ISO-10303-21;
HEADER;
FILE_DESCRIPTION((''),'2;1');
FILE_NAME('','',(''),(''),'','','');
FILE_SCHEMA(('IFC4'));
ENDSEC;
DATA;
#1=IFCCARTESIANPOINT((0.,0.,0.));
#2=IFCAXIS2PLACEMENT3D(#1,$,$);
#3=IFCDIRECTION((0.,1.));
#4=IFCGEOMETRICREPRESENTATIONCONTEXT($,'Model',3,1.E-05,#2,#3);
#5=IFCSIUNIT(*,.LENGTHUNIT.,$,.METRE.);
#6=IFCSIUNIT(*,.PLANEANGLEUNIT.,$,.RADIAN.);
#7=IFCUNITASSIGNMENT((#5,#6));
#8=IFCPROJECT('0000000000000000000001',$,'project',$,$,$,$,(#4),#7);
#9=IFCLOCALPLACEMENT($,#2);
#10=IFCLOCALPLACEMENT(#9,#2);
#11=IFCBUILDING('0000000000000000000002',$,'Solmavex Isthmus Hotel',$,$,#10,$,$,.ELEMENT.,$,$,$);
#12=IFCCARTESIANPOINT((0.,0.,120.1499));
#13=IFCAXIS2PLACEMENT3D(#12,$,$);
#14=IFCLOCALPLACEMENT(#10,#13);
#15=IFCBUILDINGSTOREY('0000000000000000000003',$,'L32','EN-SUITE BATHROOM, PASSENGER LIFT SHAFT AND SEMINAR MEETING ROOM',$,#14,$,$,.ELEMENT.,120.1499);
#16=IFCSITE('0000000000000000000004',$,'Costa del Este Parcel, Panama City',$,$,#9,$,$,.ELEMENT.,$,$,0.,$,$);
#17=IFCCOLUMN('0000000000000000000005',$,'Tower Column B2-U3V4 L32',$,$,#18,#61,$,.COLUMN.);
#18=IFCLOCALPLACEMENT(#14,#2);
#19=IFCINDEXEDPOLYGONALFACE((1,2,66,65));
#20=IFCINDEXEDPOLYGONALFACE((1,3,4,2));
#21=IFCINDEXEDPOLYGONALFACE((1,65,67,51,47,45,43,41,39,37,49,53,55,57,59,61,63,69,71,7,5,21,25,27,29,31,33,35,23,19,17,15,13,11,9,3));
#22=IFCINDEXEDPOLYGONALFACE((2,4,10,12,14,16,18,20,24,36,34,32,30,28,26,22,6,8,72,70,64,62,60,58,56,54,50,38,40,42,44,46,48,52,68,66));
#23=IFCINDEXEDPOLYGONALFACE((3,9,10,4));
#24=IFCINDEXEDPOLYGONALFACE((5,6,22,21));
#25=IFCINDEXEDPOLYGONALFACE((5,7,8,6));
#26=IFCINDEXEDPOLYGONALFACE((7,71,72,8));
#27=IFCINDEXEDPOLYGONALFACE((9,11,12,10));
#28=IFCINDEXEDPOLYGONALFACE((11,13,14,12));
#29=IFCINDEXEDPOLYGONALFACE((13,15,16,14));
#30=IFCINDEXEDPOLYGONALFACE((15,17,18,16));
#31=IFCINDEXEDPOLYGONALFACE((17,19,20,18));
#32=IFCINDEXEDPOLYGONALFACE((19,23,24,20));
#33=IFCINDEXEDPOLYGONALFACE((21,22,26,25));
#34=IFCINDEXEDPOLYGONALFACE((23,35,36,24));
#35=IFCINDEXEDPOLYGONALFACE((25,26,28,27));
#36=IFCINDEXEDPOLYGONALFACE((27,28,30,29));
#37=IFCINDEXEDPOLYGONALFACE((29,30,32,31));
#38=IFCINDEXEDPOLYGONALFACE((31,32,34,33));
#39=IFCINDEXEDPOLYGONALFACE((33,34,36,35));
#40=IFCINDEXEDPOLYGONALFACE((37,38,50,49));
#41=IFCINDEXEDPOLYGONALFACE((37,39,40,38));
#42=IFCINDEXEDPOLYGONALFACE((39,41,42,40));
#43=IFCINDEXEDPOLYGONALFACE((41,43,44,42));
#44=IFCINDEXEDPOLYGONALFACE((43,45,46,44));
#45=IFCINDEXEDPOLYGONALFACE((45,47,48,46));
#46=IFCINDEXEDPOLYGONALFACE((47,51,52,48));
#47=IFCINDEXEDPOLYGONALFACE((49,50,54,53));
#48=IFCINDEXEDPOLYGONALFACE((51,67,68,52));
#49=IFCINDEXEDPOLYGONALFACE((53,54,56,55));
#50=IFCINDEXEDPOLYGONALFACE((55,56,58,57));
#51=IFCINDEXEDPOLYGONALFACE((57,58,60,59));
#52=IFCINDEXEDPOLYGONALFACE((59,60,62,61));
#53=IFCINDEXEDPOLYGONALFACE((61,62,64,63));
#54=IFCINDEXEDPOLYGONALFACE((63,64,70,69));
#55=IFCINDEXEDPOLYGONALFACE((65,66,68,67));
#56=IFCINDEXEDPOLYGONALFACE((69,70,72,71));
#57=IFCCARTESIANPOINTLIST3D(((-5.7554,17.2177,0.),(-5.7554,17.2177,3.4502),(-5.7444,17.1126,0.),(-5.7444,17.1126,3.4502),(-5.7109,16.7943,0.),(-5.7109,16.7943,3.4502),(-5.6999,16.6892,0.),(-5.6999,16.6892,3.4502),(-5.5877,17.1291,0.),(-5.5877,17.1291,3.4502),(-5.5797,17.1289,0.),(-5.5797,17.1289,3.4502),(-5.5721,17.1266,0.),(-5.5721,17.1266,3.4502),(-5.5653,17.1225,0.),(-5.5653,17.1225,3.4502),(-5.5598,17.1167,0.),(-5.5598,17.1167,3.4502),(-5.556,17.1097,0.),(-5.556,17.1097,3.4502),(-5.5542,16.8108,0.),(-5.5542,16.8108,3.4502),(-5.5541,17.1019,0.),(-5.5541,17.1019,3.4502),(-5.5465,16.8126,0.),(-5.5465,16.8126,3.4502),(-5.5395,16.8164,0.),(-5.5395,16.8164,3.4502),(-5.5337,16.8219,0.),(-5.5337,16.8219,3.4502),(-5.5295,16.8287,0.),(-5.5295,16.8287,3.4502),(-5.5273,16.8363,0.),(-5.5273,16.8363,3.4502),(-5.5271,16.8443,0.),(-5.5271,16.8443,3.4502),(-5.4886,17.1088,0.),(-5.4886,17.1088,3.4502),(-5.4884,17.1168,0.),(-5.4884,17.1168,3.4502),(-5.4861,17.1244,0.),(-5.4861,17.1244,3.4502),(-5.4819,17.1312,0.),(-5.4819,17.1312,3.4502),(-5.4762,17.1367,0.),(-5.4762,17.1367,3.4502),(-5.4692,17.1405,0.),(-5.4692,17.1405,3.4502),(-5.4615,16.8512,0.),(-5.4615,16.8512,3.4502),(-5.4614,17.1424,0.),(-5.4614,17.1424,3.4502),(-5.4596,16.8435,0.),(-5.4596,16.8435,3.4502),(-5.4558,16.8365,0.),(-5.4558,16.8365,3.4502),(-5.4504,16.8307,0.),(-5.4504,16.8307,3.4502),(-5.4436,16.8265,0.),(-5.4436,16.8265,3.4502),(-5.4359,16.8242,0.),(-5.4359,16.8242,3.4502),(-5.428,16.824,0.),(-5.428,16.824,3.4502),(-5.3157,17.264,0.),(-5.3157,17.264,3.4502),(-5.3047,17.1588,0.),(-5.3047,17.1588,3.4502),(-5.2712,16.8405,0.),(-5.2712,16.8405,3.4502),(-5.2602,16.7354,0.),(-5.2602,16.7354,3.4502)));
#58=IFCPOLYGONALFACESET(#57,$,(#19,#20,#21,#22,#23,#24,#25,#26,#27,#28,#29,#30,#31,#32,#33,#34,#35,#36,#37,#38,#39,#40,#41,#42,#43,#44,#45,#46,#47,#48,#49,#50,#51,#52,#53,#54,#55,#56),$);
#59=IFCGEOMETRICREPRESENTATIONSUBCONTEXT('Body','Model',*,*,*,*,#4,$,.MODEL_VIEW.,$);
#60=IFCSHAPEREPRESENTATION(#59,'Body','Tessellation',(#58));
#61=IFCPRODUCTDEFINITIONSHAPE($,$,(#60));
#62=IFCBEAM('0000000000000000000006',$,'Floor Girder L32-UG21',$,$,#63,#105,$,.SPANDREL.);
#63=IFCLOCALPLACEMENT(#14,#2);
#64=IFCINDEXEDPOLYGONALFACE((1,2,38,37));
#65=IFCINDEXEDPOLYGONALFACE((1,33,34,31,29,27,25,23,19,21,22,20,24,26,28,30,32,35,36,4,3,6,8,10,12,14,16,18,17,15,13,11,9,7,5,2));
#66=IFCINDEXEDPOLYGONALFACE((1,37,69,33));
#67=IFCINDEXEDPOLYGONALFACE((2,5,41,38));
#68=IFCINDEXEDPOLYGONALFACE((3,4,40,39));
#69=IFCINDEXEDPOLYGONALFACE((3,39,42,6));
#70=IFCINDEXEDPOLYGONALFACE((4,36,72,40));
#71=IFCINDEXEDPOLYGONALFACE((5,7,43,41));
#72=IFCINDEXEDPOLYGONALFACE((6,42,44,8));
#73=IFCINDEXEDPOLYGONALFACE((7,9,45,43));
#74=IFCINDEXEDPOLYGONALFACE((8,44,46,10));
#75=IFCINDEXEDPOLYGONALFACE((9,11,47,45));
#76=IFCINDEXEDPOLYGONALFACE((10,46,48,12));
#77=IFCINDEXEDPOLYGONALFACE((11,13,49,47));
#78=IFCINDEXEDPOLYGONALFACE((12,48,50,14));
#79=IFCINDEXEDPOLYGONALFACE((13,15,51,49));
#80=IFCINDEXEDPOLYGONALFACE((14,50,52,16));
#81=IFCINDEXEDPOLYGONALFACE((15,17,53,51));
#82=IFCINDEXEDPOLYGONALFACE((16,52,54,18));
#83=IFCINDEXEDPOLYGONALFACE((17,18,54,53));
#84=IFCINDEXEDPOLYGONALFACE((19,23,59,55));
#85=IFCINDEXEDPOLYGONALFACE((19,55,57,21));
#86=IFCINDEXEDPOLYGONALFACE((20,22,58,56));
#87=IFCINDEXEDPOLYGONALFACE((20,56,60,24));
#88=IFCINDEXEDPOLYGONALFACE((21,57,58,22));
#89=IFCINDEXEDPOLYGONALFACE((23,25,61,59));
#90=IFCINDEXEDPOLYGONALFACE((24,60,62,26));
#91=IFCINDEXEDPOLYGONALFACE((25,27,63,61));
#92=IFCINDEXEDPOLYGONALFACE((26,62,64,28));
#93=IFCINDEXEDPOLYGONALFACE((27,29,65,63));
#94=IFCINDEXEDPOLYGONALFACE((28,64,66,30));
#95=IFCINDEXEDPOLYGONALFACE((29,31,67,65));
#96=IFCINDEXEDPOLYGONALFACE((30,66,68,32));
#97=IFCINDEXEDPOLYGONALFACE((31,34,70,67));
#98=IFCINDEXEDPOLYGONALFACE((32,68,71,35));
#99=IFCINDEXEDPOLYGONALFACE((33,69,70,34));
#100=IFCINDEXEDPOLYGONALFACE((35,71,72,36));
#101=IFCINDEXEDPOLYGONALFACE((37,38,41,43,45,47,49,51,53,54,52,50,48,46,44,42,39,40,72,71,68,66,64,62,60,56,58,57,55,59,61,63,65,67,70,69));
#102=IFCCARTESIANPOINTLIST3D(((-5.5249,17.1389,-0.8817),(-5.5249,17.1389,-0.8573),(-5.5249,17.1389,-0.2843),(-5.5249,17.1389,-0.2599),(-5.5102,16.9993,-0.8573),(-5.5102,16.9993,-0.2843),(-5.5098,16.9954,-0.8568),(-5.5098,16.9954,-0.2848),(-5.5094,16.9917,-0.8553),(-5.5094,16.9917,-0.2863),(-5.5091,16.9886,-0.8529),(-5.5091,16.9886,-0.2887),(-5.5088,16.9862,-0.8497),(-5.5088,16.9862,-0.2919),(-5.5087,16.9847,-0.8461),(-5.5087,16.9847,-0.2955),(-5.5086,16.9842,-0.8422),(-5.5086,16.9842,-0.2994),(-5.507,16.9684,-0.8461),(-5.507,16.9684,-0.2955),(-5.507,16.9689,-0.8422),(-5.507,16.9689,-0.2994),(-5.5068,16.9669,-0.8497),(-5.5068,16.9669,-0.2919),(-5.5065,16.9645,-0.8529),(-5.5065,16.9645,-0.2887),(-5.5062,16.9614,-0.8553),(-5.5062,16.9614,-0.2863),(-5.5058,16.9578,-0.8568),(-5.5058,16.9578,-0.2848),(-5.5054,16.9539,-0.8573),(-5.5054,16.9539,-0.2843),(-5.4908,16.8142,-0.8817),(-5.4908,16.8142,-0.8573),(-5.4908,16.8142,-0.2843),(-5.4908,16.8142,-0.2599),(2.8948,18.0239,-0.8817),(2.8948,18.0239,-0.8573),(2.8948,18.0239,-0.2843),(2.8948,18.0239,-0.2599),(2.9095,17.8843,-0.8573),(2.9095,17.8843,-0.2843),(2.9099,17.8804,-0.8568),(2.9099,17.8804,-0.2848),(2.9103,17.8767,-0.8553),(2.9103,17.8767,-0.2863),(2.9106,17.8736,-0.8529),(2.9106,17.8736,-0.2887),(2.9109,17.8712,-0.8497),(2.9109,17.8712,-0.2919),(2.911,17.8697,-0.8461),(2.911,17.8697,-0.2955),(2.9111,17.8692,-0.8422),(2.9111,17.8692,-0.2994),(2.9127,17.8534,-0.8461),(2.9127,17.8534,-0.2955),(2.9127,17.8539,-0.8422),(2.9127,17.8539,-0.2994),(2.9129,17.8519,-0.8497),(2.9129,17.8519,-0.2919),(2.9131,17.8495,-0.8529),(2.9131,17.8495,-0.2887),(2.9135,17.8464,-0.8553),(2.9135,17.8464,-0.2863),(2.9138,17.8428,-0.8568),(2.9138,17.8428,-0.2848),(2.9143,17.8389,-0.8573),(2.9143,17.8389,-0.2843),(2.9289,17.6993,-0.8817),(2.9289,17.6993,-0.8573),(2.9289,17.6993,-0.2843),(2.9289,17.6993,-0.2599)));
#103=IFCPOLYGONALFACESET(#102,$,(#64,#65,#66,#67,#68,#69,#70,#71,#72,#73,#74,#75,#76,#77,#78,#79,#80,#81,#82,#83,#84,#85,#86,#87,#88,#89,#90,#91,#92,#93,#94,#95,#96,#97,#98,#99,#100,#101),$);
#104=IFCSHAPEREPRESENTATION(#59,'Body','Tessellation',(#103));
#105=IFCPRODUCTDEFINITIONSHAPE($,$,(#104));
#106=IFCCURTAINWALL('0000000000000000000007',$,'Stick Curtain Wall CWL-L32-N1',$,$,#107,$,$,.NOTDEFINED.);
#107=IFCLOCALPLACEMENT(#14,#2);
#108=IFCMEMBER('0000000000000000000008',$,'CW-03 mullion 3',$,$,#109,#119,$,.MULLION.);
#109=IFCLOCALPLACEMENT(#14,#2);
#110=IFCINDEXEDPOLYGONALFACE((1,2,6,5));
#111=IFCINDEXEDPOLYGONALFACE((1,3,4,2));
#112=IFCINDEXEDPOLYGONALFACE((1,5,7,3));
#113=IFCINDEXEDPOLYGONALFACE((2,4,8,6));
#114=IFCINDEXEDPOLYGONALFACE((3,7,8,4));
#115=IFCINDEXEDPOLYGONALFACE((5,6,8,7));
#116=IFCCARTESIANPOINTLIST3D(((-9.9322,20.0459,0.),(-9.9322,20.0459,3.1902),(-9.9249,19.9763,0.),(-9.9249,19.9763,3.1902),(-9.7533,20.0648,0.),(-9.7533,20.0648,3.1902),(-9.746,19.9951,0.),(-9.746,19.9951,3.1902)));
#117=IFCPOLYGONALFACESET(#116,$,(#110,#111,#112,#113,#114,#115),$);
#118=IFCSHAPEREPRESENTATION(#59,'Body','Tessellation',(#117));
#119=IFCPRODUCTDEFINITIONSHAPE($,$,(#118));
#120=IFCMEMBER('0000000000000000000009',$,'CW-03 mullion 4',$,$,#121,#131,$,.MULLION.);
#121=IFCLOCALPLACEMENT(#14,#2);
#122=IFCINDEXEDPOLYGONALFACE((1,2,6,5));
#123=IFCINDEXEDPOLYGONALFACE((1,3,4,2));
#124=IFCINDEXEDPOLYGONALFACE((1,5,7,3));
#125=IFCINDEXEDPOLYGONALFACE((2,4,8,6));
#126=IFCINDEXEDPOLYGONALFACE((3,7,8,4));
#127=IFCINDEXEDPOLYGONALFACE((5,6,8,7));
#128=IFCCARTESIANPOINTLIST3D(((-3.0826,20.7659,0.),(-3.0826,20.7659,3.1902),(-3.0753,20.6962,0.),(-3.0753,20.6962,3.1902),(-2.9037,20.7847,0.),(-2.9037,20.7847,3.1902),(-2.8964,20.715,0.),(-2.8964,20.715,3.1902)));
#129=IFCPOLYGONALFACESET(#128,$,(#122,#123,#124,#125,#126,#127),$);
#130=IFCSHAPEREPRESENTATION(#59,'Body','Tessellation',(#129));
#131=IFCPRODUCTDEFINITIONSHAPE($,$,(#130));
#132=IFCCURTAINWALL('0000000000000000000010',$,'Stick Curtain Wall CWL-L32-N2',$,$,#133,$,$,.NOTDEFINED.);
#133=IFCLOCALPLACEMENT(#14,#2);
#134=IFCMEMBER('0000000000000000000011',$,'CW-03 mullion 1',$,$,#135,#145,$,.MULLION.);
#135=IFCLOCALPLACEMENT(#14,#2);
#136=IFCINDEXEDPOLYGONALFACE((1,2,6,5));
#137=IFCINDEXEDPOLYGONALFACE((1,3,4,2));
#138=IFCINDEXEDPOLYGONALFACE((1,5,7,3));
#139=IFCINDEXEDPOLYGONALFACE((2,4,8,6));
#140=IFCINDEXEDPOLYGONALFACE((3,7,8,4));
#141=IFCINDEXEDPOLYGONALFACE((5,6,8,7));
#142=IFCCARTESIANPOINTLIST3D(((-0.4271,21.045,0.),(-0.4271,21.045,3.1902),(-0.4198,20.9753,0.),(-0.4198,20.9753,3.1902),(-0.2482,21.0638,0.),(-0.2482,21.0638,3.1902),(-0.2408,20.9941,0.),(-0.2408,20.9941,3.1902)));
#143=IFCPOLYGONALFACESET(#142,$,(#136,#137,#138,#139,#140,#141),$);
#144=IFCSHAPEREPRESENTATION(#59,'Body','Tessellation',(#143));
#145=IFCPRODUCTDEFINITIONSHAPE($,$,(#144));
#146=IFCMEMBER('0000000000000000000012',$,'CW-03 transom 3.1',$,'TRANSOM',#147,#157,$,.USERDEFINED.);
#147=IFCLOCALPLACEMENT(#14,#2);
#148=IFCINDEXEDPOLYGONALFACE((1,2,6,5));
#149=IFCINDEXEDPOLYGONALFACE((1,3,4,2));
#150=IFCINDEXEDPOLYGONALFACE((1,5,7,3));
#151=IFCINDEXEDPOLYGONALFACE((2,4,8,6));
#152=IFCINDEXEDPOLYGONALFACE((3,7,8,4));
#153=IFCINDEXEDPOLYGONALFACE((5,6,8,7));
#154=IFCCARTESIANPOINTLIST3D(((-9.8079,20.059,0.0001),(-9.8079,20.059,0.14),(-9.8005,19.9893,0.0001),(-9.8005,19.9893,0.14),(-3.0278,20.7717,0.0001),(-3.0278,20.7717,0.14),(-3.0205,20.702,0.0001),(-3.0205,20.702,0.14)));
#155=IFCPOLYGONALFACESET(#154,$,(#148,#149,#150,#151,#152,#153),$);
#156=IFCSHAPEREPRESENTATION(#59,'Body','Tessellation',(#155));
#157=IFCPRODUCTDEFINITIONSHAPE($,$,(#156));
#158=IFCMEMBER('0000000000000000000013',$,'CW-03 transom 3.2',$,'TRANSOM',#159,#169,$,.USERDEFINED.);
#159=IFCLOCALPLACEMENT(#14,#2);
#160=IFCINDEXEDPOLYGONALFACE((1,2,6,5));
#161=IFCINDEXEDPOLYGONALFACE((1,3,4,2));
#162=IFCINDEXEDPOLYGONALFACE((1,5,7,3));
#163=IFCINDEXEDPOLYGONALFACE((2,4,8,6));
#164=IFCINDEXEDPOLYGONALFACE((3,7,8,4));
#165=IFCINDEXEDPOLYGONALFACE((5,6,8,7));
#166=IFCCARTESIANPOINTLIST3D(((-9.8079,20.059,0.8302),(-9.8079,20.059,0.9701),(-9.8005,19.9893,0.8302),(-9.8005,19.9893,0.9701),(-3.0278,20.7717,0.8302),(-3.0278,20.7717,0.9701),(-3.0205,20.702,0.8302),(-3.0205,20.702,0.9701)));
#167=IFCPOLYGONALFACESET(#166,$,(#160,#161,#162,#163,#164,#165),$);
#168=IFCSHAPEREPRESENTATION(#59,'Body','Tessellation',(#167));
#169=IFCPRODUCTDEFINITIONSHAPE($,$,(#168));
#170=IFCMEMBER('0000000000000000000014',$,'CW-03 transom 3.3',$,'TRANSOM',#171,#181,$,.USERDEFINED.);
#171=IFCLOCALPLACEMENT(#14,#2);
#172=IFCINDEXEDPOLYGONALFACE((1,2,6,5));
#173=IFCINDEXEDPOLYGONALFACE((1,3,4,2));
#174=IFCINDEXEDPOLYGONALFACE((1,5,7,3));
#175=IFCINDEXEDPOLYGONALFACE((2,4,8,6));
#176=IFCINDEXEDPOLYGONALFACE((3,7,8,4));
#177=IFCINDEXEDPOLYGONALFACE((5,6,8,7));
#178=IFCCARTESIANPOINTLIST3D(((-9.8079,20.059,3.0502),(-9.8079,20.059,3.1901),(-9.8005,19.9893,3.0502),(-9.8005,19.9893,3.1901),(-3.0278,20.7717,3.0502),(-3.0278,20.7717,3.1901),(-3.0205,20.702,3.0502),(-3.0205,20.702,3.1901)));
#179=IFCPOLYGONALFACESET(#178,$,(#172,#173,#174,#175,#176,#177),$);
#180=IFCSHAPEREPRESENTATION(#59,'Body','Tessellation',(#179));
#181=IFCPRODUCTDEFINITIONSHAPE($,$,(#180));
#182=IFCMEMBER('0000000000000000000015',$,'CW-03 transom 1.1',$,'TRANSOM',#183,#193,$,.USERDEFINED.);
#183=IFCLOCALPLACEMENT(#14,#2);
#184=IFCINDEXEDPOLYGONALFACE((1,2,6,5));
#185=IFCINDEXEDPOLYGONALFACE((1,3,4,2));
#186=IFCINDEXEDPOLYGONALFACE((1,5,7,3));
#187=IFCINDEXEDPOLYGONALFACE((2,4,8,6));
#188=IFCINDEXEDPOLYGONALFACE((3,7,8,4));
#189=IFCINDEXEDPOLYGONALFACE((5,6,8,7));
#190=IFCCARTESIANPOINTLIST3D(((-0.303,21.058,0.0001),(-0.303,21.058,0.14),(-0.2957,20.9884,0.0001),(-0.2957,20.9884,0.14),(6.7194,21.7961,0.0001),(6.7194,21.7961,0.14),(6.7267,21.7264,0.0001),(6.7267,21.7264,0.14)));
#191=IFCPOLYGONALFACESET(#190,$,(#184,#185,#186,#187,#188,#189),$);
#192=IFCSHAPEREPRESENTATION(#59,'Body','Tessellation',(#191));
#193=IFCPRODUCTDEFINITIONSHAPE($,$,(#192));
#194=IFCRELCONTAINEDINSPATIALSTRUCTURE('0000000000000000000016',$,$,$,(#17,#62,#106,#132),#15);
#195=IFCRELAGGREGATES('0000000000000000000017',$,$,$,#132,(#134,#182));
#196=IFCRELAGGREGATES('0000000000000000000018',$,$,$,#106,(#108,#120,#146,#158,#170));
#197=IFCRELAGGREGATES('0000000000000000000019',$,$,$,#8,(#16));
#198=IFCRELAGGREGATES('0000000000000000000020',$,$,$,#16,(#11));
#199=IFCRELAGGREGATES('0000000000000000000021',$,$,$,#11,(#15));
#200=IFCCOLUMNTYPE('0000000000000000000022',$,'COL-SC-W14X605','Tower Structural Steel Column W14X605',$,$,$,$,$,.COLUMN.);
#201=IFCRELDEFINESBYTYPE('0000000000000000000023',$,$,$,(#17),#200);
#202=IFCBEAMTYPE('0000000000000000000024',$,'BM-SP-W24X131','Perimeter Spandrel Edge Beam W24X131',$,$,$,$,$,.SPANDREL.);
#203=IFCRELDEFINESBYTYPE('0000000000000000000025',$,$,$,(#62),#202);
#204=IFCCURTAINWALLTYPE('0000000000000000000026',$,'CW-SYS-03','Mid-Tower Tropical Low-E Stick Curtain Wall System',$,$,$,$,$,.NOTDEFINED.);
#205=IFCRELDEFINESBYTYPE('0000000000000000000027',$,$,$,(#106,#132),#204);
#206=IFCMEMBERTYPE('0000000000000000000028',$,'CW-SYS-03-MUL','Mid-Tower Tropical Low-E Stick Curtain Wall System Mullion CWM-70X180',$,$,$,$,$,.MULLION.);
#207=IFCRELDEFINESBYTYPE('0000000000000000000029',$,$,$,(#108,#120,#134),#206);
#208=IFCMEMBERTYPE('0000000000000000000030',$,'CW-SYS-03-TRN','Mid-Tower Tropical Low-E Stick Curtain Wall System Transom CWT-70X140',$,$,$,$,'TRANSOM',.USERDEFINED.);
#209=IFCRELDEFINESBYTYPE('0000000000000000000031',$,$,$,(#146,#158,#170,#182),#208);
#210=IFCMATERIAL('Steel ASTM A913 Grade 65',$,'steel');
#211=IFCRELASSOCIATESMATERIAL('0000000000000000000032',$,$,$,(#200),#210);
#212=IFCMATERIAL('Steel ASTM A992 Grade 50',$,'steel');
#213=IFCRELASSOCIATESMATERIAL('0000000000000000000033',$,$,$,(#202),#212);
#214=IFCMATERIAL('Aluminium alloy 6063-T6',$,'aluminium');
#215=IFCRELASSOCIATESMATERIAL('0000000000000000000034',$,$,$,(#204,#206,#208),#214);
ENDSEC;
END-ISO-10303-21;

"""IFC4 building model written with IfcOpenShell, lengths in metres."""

from ifc_helpers import new_model, si_unit, direction, frame, origin, origin_2d, place, context, subcontext, project, spatial, rectangle, i_section, extrude, material, material_profile, profile_set, type_object, element, aggregate, save


model = new_model("IFC4")

# Units and contexts
model_context = context("Model", 3, precision=1e-05, world=origin(), true_north=direction((0.0, 1.0)))
body_context = subcontext(model_context, "Body", "Model", "MODEL_VIEW")
ifc_project = project(units=[si_unit("LENGTHUNIT", "METRE"), si_unit("PLANEANGLEUNIT", "RADIAN")], contexts=[model_context])

# Site, building, storey
site_placement = place(None, origin())
site = spatial("IfcSite", under=ifc_project, at=site_placement, Name="Costa del Este Parcel, Panama City", CompositionType="ELEMENT", RefElevation=0.0)
building_placement = place(site_placement, origin())
building = spatial("IfcBuilding", under=site, at=building_placement, Name="Solmavex Isthmus Hotel", CompositionType="ELEMENT")
storey_placement = place(building_placement, frame((0.0, 0.0, 120.1499)))
storey = spatial("IfcBuildingStorey", under=building, at=storey_placement, Name="L32", Description="EN-SUITE BATHROOM, PASSENGER LIFT SHAFT AND SEMINAR MEETING ROOM", CompositionType="ELEMENT", Elevation=120.1499)

# Column
ifc_material_1 = material(Name="Steel ASTM A913 Grade 65", Category="steel")
ifc_material_profile_1 = material_profile(ifc_material_1, i_section(OverallWidth=0.4421, OverallDepth=0.5315, WebThickness=0.0659, FlangeThickness=0.1057, FilletRadius=0.0305, at=origin_2d()), Name="W14X605")
ifc_profile_set_1 = profile_set([ifc_material_profile_1], Name="Steel ASTM A913 Grade 65")
column_type = type_object("IfcColumnType", Name="COL-SC-W14X605", Description="Tower Structural Steel Column W14X605", PredefinedType="COLUMN", material=ifc_profile_set_1)
column_placement = place(storey_placement, frame((-5.5078, 16.9766, 0.0), z_axis=(0.0, 0.0, 1.0), x_axis=(0.994522, 0.104528, 0.0)))
element("IfcColumn", 1, at=column_placement, inside=storey, type_object=column_type, Name="Tower Column B2-U3V4 L32", PredefinedType="COLUMN", context=body_context, shape_type="SweptSolid", body=[
    extrude(i_section(OverallWidth=0.4421, OverallDepth=0.5315, WebThickness=0.0659, FlangeThickness=0.1057, FilletRadius=0.0305, at=origin_2d()), origin(), (0.0, 0.0, 1.0), 3.4502),
])

# Beam
ifc_material_2 = material(Name="Steel ASTM A992 Grade 50", Category="steel")
ifc_material_profile_2 = material_profile(ifc_material_2, i_section(OverallWidth=0.3264, OverallDepth=0.6218, WebThickness=0.0154, FlangeThickness=0.0244, FilletRadius=0.0151, at=origin_2d()), Name="W24X131")
ifc_profile_set_2 = profile_set([ifc_material_profile_2], Name="Steel ASTM A992 Grade 50")
beam_type = type_object("IfcBeamType", Name="BM-SP-W24X131", Description="Perimeter Spandrel Edge Beam W24X131", PredefinedType="SPANDREL", material=ifc_profile_set_2)
beam_placement = place(storey_placement, frame((-5.5078, 16.9766, -0.5708), z_axis=(0.994521, 0.104536, 0.0), x_axis=(-0.104536, 0.994521, 0.0)))
element("IfcBeam", 2, at=beam_placement, inside=storey, type_object=beam_type, Name="Floor Girder L32-UG21", PredefinedType="SPANDREL", context=body_context, shape_type="SweptSolid", body=[
    extrude(i_section(OverallWidth=0.3264, OverallDepth=0.6218, WebThickness=0.0154, FlangeThickness=0.0244, FilletRadius=0.0151, at=origin_2d()), origin(), (0.0, 0.0, 1.0), 8.4661),
])

# Curtain wall, members
ifc_material_3 = material(Name="Aluminium alloy 6063-T6", Category="aluminium")
curtain_wall_type = type_object("IfcCurtainWallType", Name="CW-SYS-03", Description="Mid-Tower Tropical Low-E Stick Curtain Wall System", PredefinedType="NOTDEFINED", material=ifc_material_3)
curtain_wall_1_placement = place(storey_placement, origin())
curtain_wall_1 = element("IfcCurtainWall", 3, at=curtain_wall_1_placement, inside=storey, type_object=curtain_wall_type, Name="Stick Curtain Wall CWL-L32-N1", PredefinedType="NOTDEFINED")
ifc_material_profile_3 = material_profile(ifc_material_3, rectangle(XDim=0.0701, YDim=0.1799, at=origin_2d()), Name="CWM-70X180")
ifc_profile_set_3 = profile_set([ifc_material_profile_3], Name="Aluminium alloy 6063-T6")
member_type_1 = type_object("IfcMemberType", Name="CW-SYS-03-MUL", Description="Mid-Tower Tropical Low-E Stick Curtain Wall System Mullion CWM-70X180", PredefinedType="MULLION", material=ifc_profile_set_3)
member_1_placement = place(storey_placement, frame((-9.8391, 20.0205, 0.0), z_axis=(0.0, 0.0, 1.0), x_axis=(-0.104528, 0.994522, 0.0)))
member_1 = element("IfcMember", 4, at=member_1_placement, type_object=member_type_1, Name="CW-03 mullion 3", PredefinedType="MULLION", context=body_context, shape_type="SweptSolid", body=[
    extrude(rectangle(XDim=0.0701, YDim=0.1799, at=origin_2d()), origin(), (0.0, 0.0, 1.0), 3.1902),
])
member_2_placement = place(storey_placement, frame((-2.9895, 20.7405, 0.0), z_axis=(0.0, 0.0, 1.0), x_axis=(-0.104528, 0.994522, 0.0)))
member_2 = element("IfcMember", 5, at=member_2_placement, type_object=member_type_1, Name="CW-03 mullion 4", PredefinedType="MULLION", context=body_context, shape_type="SweptSolid", body=[
    extrude(rectangle(XDim=0.0701, YDim=0.1799, at=origin_2d()), origin(), (0.0, 0.0, 1.0), 3.1902),
])

# Curtain wall, member
curtain_wall_2_placement = place(storey_placement, origin())
curtain_wall_2 = element("IfcCurtainWall", 6, at=curtain_wall_2_placement, inside=storey, type_object=curtain_wall_type, Name="Stick Curtain Wall CWL-L32-N2", PredefinedType="NOTDEFINED")
member_3_placement = place(storey_placement, frame((-0.334, 21.0195, 0.0), z_axis=(0.0, 0.0, 1.0), x_axis=(-0.104529, 0.994522, 0.0)))
member_3 = element("IfcMember", 7, at=member_3_placement, type_object=member_type_1, Name="CW-03 mullion 1", PredefinedType="MULLION", context=body_context, shape_type="SweptSolid", body=[
    extrude(rectangle(XDim=0.0701, YDim=0.1799, at=origin_2d()), origin(), (0.0, 0.0, 1.0), 3.1902),
])

# Members
ifc_material_profile_4 = material_profile(ifc_material_3, rectangle(XDim=0.0701, YDim=0.1399, at=origin_2d()), Name="CWT-70X140")
ifc_profile_set_4 = profile_set([ifc_material_profile_4], Name="Aluminium alloy 6063-T6")
member_type_2 = type_object("IfcMemberType", Name="CW-SYS-03-TRN", Description="Mid-Tower Tropical Low-E Stick Curtain Wall System Transom CWT-70X140", ElementType="TRANSOM", PredefinedType="USERDEFINED", material=ifc_profile_set_4)
member_4_placement = place(storey_placement, frame((-9.8042, 20.0242, 0.0701), z_axis=(0.994521, 0.104534, 0.0), x_axis=(-0.104534, 0.994521, 0.0)))
member_4 = element("IfcMember", 8, at=member_4_placement, type_object=member_type_2, Name="CW-03 transom 3.1", ObjectType="TRANSOM", PredefinedType="USERDEFINED", context=body_context, shape_type="SweptSolid", body=[
    extrude(rectangle(XDim=0.0701, YDim=0.1399, at=origin_2d()), origin(), (0.0, 0.0, 1.0), 6.8174),
])
member_5_placement = place(storey_placement, frame((-9.8042, 20.0242, 0.9001), z_axis=(0.994521, 0.104534, 0.0), x_axis=(-0.104534, 0.994521, 0.0)))
member_5 = element("IfcMember", 9, at=member_5_placement, type_object=member_type_2, Name="CW-03 transom 3.2", ObjectType="TRANSOM", PredefinedType="USERDEFINED", context=body_context, shape_type="SweptSolid", body=[
    extrude(rectangle(XDim=0.0701, YDim=0.1399, at=origin_2d()), origin(), (0.0, 0.0, 1.0), 6.8174),
])
member_6_placement = place(storey_placement, frame((-9.8042, 20.0242, 3.1201), z_axis=(0.994521, 0.104534, 0.0), x_axis=(-0.104534, 0.994521, 0.0)))
member_6 = element("IfcMember", 10, at=member_6_placement, type_object=member_type_2, Name="CW-03 transom 3.3", ObjectType="TRANSOM", PredefinedType="USERDEFINED", context=body_context, shape_type="SweptSolid", body=[
    extrude(rectangle(XDim=0.0701, YDim=0.1399, at=origin_2d()), origin(), (0.0, 0.0, 1.0), 6.8174),
])
member_7_placement = place(storey_placement, frame((-0.2993, 21.0232, 0.0701), z_axis=(0.994523, 0.104521, 0.0), x_axis=(-0.104521, 0.994523, 0.0)))
member_7 = element("IfcMember", 11, at=member_7_placement, type_object=member_type_2, Name="CW-03 transom 1.1", ObjectType="TRANSOM", PredefinedType="USERDEFINED", context=body_context, shape_type="SweptSolid", body=[
    extrude(rectangle(XDim=0.0701, YDim=0.1399, at=origin_2d()), origin(), (0.0, 0.0, 1.0), 7.061),
])
aggregate(curtain_wall_2, [member_3, member_7])

aggregate(curtain_wall_1, [member_1, member_2, member_4, member_5, member_6])

save(model, "model.ifc")
